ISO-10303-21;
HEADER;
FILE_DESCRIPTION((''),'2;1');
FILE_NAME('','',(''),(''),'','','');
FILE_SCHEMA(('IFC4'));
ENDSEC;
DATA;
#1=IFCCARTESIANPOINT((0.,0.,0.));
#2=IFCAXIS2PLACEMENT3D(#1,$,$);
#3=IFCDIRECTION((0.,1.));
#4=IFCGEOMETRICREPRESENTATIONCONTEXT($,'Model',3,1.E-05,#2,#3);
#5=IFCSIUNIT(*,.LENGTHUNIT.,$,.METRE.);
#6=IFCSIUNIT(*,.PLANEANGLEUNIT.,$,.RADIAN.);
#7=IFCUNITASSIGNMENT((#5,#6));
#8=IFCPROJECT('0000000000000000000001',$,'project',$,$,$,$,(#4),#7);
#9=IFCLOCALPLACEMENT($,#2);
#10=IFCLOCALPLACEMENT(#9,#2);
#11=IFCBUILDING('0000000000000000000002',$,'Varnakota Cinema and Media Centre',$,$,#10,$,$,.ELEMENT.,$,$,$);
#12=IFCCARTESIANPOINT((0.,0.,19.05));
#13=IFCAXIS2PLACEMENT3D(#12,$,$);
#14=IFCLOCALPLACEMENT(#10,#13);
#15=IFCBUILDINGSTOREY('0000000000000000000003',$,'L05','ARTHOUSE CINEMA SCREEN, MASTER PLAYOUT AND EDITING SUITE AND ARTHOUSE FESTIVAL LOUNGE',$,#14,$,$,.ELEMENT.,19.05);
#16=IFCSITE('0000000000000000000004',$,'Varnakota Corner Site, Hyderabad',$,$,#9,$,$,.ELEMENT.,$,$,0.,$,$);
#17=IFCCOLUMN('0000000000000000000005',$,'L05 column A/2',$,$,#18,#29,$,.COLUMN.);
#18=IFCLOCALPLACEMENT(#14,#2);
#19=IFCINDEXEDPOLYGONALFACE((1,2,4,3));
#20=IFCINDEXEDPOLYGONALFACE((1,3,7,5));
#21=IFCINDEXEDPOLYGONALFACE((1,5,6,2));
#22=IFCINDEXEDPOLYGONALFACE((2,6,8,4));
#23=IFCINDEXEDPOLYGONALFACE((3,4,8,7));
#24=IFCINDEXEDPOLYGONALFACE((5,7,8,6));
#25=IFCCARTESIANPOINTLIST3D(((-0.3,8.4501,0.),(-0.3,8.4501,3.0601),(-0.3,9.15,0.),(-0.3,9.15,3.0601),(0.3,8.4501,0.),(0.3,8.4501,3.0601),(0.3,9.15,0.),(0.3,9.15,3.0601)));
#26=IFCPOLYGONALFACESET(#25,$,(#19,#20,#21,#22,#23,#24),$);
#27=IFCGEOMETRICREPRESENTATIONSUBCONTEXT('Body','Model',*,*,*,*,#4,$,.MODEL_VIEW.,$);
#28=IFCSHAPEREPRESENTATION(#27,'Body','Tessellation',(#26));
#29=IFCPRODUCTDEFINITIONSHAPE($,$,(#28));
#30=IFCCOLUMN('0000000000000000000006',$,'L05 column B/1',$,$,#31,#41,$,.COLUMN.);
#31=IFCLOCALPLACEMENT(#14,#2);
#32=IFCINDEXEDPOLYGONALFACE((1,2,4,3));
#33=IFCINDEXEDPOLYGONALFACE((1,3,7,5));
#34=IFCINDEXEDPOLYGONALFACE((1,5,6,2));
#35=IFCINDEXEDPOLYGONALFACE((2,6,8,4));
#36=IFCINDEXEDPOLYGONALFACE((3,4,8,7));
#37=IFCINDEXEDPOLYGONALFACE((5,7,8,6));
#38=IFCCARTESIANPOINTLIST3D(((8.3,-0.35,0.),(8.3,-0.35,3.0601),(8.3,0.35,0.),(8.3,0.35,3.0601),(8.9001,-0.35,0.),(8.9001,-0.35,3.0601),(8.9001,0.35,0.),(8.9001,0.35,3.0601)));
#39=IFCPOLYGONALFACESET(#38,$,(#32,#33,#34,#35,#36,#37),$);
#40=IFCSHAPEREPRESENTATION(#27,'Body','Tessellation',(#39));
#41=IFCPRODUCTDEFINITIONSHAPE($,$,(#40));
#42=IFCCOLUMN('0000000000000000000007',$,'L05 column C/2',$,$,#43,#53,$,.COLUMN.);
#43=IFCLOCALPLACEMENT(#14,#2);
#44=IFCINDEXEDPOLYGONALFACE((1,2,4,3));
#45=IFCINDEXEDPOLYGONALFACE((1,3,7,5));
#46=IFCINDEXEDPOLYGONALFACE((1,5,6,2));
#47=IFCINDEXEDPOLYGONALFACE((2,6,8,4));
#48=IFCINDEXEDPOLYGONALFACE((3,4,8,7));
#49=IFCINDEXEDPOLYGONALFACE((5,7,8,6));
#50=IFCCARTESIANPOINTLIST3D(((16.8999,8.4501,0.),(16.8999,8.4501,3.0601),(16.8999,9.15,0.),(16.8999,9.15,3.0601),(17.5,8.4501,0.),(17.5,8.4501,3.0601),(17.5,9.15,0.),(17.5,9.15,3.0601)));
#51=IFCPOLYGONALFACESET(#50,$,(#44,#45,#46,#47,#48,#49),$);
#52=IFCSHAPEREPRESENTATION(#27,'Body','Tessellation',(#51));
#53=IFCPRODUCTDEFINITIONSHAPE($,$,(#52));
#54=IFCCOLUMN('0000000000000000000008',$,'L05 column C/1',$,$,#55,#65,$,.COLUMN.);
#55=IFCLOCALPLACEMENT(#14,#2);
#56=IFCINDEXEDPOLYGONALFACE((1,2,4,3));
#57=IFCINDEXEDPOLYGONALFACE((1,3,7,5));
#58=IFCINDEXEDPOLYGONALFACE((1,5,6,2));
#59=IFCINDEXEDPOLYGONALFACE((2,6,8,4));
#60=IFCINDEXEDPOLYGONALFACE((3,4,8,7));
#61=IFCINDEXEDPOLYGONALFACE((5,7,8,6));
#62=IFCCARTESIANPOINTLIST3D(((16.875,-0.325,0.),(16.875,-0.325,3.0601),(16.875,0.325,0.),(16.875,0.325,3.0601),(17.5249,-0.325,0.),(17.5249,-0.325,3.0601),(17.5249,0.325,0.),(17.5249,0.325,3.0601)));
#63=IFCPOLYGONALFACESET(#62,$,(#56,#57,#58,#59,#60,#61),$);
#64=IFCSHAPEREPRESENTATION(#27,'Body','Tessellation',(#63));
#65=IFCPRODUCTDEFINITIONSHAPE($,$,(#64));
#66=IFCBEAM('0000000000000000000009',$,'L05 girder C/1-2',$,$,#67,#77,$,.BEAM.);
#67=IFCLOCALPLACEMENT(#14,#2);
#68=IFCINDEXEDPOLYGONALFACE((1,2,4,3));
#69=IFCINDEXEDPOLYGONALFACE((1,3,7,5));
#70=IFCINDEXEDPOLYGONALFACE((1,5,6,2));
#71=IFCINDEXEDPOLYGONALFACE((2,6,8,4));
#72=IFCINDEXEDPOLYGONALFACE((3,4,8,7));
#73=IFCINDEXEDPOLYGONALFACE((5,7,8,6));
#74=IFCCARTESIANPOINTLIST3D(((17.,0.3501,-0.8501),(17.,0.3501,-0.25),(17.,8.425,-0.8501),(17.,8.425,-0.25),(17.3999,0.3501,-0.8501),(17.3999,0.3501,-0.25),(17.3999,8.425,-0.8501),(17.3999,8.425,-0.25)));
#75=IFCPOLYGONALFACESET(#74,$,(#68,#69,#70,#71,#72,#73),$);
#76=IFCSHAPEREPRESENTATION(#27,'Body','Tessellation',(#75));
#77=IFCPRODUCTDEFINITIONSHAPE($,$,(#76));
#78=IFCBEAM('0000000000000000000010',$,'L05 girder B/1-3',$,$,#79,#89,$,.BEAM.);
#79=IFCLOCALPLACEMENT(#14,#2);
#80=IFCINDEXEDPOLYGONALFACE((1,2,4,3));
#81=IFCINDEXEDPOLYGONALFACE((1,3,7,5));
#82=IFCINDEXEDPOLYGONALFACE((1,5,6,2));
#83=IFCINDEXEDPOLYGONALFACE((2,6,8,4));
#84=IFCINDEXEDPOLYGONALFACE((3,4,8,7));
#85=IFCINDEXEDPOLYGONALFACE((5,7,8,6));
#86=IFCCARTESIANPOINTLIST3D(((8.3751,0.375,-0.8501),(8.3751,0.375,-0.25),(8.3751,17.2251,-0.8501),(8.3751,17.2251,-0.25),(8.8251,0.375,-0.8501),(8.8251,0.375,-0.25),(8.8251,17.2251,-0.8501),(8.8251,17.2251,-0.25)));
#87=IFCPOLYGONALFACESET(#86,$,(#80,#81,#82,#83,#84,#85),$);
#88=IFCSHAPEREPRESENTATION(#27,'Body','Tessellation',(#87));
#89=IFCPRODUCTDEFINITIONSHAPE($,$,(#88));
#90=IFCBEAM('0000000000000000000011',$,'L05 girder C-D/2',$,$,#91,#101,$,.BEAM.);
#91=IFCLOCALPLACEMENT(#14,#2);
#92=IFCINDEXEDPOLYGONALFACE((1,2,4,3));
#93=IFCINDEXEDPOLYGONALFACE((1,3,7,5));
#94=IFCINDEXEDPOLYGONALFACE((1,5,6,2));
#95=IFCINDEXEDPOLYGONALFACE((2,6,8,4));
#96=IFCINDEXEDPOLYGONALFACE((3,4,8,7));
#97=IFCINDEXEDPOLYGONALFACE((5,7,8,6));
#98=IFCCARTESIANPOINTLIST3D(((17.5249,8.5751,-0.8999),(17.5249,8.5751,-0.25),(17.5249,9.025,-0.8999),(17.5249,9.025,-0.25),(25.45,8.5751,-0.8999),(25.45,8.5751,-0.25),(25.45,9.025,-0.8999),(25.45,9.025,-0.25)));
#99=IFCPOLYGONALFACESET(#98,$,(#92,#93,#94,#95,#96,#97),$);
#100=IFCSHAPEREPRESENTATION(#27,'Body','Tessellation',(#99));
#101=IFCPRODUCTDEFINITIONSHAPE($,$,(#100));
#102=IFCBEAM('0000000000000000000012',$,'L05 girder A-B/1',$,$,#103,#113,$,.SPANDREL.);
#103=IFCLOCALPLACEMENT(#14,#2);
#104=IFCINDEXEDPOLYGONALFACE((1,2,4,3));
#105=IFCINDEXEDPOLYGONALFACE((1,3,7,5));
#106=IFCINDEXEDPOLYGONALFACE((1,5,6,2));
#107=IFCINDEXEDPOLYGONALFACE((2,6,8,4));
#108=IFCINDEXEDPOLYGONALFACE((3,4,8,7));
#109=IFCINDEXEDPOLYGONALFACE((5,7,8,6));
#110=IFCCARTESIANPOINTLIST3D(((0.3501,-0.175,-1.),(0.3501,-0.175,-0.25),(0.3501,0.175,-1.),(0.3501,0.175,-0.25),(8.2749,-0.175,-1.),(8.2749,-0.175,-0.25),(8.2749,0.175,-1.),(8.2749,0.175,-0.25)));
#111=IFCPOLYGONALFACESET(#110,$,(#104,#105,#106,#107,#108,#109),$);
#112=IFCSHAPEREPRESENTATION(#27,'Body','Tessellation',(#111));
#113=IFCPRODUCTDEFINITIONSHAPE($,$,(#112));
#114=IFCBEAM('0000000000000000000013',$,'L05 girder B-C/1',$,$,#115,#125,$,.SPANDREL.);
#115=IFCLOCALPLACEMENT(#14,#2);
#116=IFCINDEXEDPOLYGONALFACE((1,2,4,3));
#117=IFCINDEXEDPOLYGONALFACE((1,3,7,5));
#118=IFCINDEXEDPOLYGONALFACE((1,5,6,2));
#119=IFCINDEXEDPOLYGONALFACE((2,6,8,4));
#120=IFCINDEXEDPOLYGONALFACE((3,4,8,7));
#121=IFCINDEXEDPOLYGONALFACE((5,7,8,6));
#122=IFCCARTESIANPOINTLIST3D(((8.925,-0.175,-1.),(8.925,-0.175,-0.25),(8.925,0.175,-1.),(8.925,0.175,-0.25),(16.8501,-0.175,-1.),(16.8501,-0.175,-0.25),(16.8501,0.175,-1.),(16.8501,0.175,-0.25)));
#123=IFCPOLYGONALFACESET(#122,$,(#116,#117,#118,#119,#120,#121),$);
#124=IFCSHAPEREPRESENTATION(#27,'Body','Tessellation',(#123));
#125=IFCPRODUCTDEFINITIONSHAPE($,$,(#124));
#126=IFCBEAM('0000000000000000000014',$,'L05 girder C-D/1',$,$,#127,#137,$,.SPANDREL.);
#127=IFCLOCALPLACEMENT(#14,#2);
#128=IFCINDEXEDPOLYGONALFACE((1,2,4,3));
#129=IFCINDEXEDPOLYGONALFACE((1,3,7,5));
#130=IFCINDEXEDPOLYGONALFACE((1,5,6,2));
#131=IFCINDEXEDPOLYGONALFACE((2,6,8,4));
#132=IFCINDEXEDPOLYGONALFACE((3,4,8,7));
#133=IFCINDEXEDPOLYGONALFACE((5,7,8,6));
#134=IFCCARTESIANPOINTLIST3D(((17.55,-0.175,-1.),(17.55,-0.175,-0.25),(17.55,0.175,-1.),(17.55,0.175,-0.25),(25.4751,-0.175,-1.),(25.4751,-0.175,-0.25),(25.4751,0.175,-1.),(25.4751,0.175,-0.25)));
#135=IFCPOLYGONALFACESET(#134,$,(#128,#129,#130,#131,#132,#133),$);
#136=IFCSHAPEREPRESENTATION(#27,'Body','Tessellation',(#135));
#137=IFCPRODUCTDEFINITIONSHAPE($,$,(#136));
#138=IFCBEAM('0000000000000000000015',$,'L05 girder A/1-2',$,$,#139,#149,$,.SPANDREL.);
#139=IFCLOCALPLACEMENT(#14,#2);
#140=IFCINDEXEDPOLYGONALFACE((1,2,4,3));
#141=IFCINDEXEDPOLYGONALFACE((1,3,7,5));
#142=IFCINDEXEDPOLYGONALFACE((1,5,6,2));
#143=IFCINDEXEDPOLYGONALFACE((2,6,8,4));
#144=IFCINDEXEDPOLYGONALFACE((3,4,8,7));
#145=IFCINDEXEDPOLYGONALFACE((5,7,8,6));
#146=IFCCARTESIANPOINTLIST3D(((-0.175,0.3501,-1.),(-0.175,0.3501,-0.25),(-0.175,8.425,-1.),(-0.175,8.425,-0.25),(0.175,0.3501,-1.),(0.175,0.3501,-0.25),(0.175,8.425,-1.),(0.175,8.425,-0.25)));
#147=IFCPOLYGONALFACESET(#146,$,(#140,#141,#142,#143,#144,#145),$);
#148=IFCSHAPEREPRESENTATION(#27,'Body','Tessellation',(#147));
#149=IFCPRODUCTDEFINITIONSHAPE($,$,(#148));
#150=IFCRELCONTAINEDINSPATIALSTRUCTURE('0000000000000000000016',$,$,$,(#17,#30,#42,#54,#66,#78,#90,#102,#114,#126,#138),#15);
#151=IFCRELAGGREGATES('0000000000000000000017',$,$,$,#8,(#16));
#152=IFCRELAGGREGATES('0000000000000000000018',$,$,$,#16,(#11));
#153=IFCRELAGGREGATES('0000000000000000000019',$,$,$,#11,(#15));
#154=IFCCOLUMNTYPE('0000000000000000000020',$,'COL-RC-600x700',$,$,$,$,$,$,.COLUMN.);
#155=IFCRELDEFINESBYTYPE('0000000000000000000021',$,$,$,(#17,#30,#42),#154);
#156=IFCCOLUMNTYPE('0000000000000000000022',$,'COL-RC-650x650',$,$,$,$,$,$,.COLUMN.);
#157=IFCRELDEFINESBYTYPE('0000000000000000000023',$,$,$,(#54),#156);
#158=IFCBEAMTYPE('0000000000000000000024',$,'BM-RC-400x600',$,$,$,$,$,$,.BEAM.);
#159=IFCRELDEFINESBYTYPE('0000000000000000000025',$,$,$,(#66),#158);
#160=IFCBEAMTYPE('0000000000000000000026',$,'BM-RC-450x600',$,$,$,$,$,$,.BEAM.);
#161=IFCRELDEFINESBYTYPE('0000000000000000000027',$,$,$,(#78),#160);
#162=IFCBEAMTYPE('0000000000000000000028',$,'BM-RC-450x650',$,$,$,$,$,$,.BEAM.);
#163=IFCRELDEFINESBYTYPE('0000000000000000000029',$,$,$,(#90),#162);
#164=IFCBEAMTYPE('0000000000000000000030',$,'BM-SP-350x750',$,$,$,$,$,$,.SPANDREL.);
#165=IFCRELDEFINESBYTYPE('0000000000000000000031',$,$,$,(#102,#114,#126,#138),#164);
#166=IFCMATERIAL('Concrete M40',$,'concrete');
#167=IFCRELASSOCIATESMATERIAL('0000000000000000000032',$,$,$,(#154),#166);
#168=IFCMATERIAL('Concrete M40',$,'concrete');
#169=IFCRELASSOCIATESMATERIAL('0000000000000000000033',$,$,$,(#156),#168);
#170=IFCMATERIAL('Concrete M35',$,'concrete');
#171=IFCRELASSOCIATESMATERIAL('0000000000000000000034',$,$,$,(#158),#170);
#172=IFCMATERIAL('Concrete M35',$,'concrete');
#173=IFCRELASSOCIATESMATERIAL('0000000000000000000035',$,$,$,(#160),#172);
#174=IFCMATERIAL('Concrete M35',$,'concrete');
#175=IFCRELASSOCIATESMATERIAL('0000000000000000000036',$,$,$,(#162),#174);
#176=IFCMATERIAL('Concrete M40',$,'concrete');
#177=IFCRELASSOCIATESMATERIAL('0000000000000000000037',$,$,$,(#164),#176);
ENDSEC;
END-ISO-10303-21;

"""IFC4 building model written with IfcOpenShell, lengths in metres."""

from ifc_helpers import new_model, si_unit, direction, frame, origin, origin_2d, place, context, subcontext, project, spatial, rectangle, extrude, material, material_profile, profile_set, type_object, element, save


model = new_model("IFC4")

# Units and contexts
model_context = context("Model", 3, precision=1e-05, world=origin(), true_north=direction((0.0, 1.0)))
body_context = subcontext(model_context, "Body", "Model", "MODEL_VIEW")
ifc_project = project(units=[si_unit("LENGTHUNIT", "METRE"), si_unit("PLANEANGLEUNIT", "RADIAN")], contexts=[model_context])

# Site, building, storey
site_placement = place(None, origin())
site = spatial("IfcSite", under=ifc_project, at=site_placement, Name="Varnakota Corner Site, Hyderabad", CompositionType="ELEMENT", RefElevation=0.0)
building_placement = place(site_placement, origin())
building = spatial("IfcBuilding", under=site, at=building_placement, Name="Varnakota Cinema and Media Centre", CompositionType="ELEMENT")
storey_placement = place(building_placement, frame((0.0, 0.0, 19.05)))
storey = spatial("IfcBuildingStorey", under=building, at=storey_placement, Name="L05", Description="ARTHOUSE CINEMA SCREEN, MASTER PLAYOUT AND EDITING SUITE AND ARTHOUSE FESTIVAL LOUNGE", CompositionType="ELEMENT", Elevation=19.05)

# Columns
ifc_material_1 = material(Name="Concrete M40", Category="concrete")
ifc_material_profile_1 = material_profile(ifc_material_1, rectangle(XDim=0.6001, YDim=0.7, at=origin_2d()), Name="RC 600x700")
ifc_profile_set_1 = profile_set([ifc_material_profile_1], Name="Concrete M40")
column_type_1 = type_object("IfcColumnType", Name="COL-RC-600x700", PredefinedType="COLUMN", material=ifc_profile_set_1)
for number, where, z_axis, x_axis, name in (
    (1, (0.0, 8.8, 0.0), (0.0, 0.0, 1.0), (1.0, 0.0, 0.0), "L05 column A/2"),
    (2, (8.6001, 0.0, 0.0), (0.0, 0.0, 1.0), (1.0, 0.0, 0.0), "L05 column B/1"),
    (3, (17.2, 8.8, 0.0), (0.0, 0.0, 1.0), (1.0, 0.0, 0.0), "L05 column C/2"),
):
    element("IfcColumn", number, at=place(storey_placement, frame(where, z_axis=z_axis, x_axis=x_axis)), inside=storey, type_object=column_type_1, Name=name, PredefinedType="COLUMN", context=body_context, shape_type="SweptSolid", body=[
        extrude(rectangle(XDim=0.6001, YDim=0.7, at=origin_2d()), origin(), (0.0, 0.0, 1.0), 3.0601),
    ])
ifc_material_2 = material(Name="Concrete M40", Category="concrete")
ifc_material_profile_2 = material_profile(ifc_material_2, rectangle(XDim=0.6499, YDim=0.6499, at=origin_2d()), Name="RC 650x650")
ifc_profile_set_2 = profile_set([ifc_material_profile_2], Name="Concrete M40")
column_type_2 = type_object("IfcColumnType", Name="COL-RC-650x650", PredefinedType="COLUMN", material=ifc_profile_set_2)
column_placement = place(storey_placement, frame((17.2, 0.0, 0.0), z_axis=(0.0, 0.0, 1.0), x_axis=(1.0, 0.0, 0.0)))
element("IfcColumn", 4, at=column_placement, inside=storey, type_object=column_type_2, Name="L05 column C/1", PredefinedType="COLUMN", context=body_context, shape_type="SweptSolid", body=[
    extrude(rectangle(XDim=0.6499, YDim=0.6499, at=origin_2d()), origin(), (0.0, 0.0, 1.0), 3.0601),
])

# Beams
ifc_material_3 = material(Name="Concrete M35", Category="concrete")
ifc_material_profile_3 = material_profile(ifc_material_3, rectangle(XDim=0.3999, YDim=0.6001, at=origin_2d()), Name="RCB 400x600")
ifc_profile_set_3 = profile_set([ifc_material_profile_3], Name="Concrete M35")
beam_type_1 = type_object("IfcBeamType", Name="BM-RC-400x600", PredefinedType="BEAM", material=ifc_profile_set_3)
beam_1_placement = place(storey_placement, frame((17.2, 0.3501, -0.55), z_axis=(0.0, 1.0, 0.0), x_axis=(-1.0, 0.0, 0.0)))
element("IfcBeam", 5, at=beam_1_placement, inside=storey, type_object=beam_type_1, Name="L05 girder C/1-2", PredefinedType="BEAM", context=body_context, shape_type="SweptSolid", body=[
    extrude(rectangle(XDim=0.3999, YDim=0.6001, at=origin_2d()), origin(), (0.0, 0.0, 1.0), 8.075),
])
ifc_material_4 = material(Name="Concrete M35", Category="concrete")
ifc_material_profile_4 = material_profile(ifc_material_4, rectangle(XDim=0.45, YDim=0.6001, at=origin_2d()), Name="RCB 450x600")
ifc_profile_set_4 = profile_set([ifc_material_profile_4], Name="Concrete M35")
beam_type_2 = type_object("IfcBeamType", Name="BM-RC-450x600", PredefinedType="BEAM", material=ifc_profile_set_4)
beam_2_placement = place(storey_placement, frame((8.6001, 0.375, -0.55), z_axis=(0.0, 1.0, 0.0), x_axis=(-1.0, 0.0, 0.0)))
element("IfcBeam", 6, at=beam_2_placement, inside=storey, type_object=beam_type_2, Name="L05 girder B/1-3", PredefinedType="BEAM", context=body_context, shape_type="SweptSolid", body=[
    extrude(rectangle(XDim=0.45, YDim=0.6001, at=origin_2d()), origin(), (0.0, 0.0, 1.0), 16.8501),
])
ifc_material_5 = material(Name="Concrete M35", Category="concrete")
ifc_material_profile_5 = material_profile(ifc_material_5, rectangle(XDim=0.45, YDim=0.6499, at=origin_2d()), Name="RCB 450x650")
ifc_profile_set_5 = profile_set([ifc_material_profile_5], Name="Concrete M35")
beam_type_3 = type_object("IfcBeamType", Name="BM-RC-450x650", PredefinedType="BEAM", material=ifc_profile_set_5)
beam_3_placement = place(storey_placement, frame((17.5249, 8.8, -0.575), z_axis=(1.0, 0.0, 0.0), x_axis=(0.0, 1.0, 0.0)))
element("IfcBeam", 7, at=beam_3_placement, inside=storey, type_object=beam_type_3, Name="L05 girder C-D/2", PredefinedType="BEAM", context=body_context, shape_type="SweptSolid", body=[
    extrude(rectangle(XDim=0.45, YDim=0.6499, at=origin_2d()), origin(), (0.0, 0.0, 1.0), 7.925),
])
ifc_material_6 = material(Name="Concrete M40", Category="concrete")
ifc_material_profile_6 = material_profile(ifc_material_6, rectangle(XDim=0.3501, YDim=0.75, at=origin_2d()), Name="RCB 350x750")
ifc_profile_set_6 = profile_set([ifc_material_profile_6], Name="Concrete M40")
beam_type_4 = type_object("IfcBeamType", Name="BM-SP-350x750", PredefinedType="SPANDREL", material=ifc_profile_set_6)
beam_4_placement = place(storey_placement, frame((0.3501, 0.0, -0.625), z_axis=(1.0, 0.0, 0.0), x_axis=(0.0, 1.0, 0.0)))
element("IfcBeam", 8, at=beam_4_placement, inside=storey, type_object=beam_type_4, Name="L05 girder A-B/1", PredefinedType="SPANDREL", context=body_context, shape_type="SweptSolid", body=[
    extrude(rectangle(XDim=0.3501, YDim=0.75, at=origin_2d()), origin(), (0.0, 0.0, 1.0), 7.9248),
])
for number, where, z_axis, x_axis, name in (
    (9, (8.925, 0.0, -0.625), (1.0, 0.0, 0.0), (0.0, 1.0, 0.0), "L05 girder B-C/1"),
    (10, (17.55, 0.0, -0.625), (1.0, 0.0, 0.0), (0.0, 1.0, 0.0), "L05 girder C-D/1"),
):
    element("IfcBeam", number, at=place(storey_placement, frame(where, z_axis=z_axis, x_axis=x_axis)), inside=storey, type_object=beam_type_4, Name=name, PredefinedType="SPANDREL", context=body_context, shape_type="SweptSolid", body=[
        extrude(rectangle(XDim=0.3501, YDim=0.75, at=origin_2d()), origin(), (0.0, 0.0, 1.0), 7.925),
    ])
beam_5_placement = place(storey_placement, frame((0.0, 0.3501, -0.625), z_axis=(0.0, 1.0, 0.0), x_axis=(-1.0, 0.0, 0.0)))
element("IfcBeam", 11, at=beam_5_placement, inside=storey, type_object=beam_type_4, Name="L05 girder A/1-2", PredefinedType="SPANDREL", context=body_context, shape_type="SweptSolid", body=[
    extrude(rectangle(XDim=0.3501, YDim=0.75, at=origin_2d()), origin(), (0.0, 0.0, 1.0), 8.075),
])

save(model, "model.ifc")
